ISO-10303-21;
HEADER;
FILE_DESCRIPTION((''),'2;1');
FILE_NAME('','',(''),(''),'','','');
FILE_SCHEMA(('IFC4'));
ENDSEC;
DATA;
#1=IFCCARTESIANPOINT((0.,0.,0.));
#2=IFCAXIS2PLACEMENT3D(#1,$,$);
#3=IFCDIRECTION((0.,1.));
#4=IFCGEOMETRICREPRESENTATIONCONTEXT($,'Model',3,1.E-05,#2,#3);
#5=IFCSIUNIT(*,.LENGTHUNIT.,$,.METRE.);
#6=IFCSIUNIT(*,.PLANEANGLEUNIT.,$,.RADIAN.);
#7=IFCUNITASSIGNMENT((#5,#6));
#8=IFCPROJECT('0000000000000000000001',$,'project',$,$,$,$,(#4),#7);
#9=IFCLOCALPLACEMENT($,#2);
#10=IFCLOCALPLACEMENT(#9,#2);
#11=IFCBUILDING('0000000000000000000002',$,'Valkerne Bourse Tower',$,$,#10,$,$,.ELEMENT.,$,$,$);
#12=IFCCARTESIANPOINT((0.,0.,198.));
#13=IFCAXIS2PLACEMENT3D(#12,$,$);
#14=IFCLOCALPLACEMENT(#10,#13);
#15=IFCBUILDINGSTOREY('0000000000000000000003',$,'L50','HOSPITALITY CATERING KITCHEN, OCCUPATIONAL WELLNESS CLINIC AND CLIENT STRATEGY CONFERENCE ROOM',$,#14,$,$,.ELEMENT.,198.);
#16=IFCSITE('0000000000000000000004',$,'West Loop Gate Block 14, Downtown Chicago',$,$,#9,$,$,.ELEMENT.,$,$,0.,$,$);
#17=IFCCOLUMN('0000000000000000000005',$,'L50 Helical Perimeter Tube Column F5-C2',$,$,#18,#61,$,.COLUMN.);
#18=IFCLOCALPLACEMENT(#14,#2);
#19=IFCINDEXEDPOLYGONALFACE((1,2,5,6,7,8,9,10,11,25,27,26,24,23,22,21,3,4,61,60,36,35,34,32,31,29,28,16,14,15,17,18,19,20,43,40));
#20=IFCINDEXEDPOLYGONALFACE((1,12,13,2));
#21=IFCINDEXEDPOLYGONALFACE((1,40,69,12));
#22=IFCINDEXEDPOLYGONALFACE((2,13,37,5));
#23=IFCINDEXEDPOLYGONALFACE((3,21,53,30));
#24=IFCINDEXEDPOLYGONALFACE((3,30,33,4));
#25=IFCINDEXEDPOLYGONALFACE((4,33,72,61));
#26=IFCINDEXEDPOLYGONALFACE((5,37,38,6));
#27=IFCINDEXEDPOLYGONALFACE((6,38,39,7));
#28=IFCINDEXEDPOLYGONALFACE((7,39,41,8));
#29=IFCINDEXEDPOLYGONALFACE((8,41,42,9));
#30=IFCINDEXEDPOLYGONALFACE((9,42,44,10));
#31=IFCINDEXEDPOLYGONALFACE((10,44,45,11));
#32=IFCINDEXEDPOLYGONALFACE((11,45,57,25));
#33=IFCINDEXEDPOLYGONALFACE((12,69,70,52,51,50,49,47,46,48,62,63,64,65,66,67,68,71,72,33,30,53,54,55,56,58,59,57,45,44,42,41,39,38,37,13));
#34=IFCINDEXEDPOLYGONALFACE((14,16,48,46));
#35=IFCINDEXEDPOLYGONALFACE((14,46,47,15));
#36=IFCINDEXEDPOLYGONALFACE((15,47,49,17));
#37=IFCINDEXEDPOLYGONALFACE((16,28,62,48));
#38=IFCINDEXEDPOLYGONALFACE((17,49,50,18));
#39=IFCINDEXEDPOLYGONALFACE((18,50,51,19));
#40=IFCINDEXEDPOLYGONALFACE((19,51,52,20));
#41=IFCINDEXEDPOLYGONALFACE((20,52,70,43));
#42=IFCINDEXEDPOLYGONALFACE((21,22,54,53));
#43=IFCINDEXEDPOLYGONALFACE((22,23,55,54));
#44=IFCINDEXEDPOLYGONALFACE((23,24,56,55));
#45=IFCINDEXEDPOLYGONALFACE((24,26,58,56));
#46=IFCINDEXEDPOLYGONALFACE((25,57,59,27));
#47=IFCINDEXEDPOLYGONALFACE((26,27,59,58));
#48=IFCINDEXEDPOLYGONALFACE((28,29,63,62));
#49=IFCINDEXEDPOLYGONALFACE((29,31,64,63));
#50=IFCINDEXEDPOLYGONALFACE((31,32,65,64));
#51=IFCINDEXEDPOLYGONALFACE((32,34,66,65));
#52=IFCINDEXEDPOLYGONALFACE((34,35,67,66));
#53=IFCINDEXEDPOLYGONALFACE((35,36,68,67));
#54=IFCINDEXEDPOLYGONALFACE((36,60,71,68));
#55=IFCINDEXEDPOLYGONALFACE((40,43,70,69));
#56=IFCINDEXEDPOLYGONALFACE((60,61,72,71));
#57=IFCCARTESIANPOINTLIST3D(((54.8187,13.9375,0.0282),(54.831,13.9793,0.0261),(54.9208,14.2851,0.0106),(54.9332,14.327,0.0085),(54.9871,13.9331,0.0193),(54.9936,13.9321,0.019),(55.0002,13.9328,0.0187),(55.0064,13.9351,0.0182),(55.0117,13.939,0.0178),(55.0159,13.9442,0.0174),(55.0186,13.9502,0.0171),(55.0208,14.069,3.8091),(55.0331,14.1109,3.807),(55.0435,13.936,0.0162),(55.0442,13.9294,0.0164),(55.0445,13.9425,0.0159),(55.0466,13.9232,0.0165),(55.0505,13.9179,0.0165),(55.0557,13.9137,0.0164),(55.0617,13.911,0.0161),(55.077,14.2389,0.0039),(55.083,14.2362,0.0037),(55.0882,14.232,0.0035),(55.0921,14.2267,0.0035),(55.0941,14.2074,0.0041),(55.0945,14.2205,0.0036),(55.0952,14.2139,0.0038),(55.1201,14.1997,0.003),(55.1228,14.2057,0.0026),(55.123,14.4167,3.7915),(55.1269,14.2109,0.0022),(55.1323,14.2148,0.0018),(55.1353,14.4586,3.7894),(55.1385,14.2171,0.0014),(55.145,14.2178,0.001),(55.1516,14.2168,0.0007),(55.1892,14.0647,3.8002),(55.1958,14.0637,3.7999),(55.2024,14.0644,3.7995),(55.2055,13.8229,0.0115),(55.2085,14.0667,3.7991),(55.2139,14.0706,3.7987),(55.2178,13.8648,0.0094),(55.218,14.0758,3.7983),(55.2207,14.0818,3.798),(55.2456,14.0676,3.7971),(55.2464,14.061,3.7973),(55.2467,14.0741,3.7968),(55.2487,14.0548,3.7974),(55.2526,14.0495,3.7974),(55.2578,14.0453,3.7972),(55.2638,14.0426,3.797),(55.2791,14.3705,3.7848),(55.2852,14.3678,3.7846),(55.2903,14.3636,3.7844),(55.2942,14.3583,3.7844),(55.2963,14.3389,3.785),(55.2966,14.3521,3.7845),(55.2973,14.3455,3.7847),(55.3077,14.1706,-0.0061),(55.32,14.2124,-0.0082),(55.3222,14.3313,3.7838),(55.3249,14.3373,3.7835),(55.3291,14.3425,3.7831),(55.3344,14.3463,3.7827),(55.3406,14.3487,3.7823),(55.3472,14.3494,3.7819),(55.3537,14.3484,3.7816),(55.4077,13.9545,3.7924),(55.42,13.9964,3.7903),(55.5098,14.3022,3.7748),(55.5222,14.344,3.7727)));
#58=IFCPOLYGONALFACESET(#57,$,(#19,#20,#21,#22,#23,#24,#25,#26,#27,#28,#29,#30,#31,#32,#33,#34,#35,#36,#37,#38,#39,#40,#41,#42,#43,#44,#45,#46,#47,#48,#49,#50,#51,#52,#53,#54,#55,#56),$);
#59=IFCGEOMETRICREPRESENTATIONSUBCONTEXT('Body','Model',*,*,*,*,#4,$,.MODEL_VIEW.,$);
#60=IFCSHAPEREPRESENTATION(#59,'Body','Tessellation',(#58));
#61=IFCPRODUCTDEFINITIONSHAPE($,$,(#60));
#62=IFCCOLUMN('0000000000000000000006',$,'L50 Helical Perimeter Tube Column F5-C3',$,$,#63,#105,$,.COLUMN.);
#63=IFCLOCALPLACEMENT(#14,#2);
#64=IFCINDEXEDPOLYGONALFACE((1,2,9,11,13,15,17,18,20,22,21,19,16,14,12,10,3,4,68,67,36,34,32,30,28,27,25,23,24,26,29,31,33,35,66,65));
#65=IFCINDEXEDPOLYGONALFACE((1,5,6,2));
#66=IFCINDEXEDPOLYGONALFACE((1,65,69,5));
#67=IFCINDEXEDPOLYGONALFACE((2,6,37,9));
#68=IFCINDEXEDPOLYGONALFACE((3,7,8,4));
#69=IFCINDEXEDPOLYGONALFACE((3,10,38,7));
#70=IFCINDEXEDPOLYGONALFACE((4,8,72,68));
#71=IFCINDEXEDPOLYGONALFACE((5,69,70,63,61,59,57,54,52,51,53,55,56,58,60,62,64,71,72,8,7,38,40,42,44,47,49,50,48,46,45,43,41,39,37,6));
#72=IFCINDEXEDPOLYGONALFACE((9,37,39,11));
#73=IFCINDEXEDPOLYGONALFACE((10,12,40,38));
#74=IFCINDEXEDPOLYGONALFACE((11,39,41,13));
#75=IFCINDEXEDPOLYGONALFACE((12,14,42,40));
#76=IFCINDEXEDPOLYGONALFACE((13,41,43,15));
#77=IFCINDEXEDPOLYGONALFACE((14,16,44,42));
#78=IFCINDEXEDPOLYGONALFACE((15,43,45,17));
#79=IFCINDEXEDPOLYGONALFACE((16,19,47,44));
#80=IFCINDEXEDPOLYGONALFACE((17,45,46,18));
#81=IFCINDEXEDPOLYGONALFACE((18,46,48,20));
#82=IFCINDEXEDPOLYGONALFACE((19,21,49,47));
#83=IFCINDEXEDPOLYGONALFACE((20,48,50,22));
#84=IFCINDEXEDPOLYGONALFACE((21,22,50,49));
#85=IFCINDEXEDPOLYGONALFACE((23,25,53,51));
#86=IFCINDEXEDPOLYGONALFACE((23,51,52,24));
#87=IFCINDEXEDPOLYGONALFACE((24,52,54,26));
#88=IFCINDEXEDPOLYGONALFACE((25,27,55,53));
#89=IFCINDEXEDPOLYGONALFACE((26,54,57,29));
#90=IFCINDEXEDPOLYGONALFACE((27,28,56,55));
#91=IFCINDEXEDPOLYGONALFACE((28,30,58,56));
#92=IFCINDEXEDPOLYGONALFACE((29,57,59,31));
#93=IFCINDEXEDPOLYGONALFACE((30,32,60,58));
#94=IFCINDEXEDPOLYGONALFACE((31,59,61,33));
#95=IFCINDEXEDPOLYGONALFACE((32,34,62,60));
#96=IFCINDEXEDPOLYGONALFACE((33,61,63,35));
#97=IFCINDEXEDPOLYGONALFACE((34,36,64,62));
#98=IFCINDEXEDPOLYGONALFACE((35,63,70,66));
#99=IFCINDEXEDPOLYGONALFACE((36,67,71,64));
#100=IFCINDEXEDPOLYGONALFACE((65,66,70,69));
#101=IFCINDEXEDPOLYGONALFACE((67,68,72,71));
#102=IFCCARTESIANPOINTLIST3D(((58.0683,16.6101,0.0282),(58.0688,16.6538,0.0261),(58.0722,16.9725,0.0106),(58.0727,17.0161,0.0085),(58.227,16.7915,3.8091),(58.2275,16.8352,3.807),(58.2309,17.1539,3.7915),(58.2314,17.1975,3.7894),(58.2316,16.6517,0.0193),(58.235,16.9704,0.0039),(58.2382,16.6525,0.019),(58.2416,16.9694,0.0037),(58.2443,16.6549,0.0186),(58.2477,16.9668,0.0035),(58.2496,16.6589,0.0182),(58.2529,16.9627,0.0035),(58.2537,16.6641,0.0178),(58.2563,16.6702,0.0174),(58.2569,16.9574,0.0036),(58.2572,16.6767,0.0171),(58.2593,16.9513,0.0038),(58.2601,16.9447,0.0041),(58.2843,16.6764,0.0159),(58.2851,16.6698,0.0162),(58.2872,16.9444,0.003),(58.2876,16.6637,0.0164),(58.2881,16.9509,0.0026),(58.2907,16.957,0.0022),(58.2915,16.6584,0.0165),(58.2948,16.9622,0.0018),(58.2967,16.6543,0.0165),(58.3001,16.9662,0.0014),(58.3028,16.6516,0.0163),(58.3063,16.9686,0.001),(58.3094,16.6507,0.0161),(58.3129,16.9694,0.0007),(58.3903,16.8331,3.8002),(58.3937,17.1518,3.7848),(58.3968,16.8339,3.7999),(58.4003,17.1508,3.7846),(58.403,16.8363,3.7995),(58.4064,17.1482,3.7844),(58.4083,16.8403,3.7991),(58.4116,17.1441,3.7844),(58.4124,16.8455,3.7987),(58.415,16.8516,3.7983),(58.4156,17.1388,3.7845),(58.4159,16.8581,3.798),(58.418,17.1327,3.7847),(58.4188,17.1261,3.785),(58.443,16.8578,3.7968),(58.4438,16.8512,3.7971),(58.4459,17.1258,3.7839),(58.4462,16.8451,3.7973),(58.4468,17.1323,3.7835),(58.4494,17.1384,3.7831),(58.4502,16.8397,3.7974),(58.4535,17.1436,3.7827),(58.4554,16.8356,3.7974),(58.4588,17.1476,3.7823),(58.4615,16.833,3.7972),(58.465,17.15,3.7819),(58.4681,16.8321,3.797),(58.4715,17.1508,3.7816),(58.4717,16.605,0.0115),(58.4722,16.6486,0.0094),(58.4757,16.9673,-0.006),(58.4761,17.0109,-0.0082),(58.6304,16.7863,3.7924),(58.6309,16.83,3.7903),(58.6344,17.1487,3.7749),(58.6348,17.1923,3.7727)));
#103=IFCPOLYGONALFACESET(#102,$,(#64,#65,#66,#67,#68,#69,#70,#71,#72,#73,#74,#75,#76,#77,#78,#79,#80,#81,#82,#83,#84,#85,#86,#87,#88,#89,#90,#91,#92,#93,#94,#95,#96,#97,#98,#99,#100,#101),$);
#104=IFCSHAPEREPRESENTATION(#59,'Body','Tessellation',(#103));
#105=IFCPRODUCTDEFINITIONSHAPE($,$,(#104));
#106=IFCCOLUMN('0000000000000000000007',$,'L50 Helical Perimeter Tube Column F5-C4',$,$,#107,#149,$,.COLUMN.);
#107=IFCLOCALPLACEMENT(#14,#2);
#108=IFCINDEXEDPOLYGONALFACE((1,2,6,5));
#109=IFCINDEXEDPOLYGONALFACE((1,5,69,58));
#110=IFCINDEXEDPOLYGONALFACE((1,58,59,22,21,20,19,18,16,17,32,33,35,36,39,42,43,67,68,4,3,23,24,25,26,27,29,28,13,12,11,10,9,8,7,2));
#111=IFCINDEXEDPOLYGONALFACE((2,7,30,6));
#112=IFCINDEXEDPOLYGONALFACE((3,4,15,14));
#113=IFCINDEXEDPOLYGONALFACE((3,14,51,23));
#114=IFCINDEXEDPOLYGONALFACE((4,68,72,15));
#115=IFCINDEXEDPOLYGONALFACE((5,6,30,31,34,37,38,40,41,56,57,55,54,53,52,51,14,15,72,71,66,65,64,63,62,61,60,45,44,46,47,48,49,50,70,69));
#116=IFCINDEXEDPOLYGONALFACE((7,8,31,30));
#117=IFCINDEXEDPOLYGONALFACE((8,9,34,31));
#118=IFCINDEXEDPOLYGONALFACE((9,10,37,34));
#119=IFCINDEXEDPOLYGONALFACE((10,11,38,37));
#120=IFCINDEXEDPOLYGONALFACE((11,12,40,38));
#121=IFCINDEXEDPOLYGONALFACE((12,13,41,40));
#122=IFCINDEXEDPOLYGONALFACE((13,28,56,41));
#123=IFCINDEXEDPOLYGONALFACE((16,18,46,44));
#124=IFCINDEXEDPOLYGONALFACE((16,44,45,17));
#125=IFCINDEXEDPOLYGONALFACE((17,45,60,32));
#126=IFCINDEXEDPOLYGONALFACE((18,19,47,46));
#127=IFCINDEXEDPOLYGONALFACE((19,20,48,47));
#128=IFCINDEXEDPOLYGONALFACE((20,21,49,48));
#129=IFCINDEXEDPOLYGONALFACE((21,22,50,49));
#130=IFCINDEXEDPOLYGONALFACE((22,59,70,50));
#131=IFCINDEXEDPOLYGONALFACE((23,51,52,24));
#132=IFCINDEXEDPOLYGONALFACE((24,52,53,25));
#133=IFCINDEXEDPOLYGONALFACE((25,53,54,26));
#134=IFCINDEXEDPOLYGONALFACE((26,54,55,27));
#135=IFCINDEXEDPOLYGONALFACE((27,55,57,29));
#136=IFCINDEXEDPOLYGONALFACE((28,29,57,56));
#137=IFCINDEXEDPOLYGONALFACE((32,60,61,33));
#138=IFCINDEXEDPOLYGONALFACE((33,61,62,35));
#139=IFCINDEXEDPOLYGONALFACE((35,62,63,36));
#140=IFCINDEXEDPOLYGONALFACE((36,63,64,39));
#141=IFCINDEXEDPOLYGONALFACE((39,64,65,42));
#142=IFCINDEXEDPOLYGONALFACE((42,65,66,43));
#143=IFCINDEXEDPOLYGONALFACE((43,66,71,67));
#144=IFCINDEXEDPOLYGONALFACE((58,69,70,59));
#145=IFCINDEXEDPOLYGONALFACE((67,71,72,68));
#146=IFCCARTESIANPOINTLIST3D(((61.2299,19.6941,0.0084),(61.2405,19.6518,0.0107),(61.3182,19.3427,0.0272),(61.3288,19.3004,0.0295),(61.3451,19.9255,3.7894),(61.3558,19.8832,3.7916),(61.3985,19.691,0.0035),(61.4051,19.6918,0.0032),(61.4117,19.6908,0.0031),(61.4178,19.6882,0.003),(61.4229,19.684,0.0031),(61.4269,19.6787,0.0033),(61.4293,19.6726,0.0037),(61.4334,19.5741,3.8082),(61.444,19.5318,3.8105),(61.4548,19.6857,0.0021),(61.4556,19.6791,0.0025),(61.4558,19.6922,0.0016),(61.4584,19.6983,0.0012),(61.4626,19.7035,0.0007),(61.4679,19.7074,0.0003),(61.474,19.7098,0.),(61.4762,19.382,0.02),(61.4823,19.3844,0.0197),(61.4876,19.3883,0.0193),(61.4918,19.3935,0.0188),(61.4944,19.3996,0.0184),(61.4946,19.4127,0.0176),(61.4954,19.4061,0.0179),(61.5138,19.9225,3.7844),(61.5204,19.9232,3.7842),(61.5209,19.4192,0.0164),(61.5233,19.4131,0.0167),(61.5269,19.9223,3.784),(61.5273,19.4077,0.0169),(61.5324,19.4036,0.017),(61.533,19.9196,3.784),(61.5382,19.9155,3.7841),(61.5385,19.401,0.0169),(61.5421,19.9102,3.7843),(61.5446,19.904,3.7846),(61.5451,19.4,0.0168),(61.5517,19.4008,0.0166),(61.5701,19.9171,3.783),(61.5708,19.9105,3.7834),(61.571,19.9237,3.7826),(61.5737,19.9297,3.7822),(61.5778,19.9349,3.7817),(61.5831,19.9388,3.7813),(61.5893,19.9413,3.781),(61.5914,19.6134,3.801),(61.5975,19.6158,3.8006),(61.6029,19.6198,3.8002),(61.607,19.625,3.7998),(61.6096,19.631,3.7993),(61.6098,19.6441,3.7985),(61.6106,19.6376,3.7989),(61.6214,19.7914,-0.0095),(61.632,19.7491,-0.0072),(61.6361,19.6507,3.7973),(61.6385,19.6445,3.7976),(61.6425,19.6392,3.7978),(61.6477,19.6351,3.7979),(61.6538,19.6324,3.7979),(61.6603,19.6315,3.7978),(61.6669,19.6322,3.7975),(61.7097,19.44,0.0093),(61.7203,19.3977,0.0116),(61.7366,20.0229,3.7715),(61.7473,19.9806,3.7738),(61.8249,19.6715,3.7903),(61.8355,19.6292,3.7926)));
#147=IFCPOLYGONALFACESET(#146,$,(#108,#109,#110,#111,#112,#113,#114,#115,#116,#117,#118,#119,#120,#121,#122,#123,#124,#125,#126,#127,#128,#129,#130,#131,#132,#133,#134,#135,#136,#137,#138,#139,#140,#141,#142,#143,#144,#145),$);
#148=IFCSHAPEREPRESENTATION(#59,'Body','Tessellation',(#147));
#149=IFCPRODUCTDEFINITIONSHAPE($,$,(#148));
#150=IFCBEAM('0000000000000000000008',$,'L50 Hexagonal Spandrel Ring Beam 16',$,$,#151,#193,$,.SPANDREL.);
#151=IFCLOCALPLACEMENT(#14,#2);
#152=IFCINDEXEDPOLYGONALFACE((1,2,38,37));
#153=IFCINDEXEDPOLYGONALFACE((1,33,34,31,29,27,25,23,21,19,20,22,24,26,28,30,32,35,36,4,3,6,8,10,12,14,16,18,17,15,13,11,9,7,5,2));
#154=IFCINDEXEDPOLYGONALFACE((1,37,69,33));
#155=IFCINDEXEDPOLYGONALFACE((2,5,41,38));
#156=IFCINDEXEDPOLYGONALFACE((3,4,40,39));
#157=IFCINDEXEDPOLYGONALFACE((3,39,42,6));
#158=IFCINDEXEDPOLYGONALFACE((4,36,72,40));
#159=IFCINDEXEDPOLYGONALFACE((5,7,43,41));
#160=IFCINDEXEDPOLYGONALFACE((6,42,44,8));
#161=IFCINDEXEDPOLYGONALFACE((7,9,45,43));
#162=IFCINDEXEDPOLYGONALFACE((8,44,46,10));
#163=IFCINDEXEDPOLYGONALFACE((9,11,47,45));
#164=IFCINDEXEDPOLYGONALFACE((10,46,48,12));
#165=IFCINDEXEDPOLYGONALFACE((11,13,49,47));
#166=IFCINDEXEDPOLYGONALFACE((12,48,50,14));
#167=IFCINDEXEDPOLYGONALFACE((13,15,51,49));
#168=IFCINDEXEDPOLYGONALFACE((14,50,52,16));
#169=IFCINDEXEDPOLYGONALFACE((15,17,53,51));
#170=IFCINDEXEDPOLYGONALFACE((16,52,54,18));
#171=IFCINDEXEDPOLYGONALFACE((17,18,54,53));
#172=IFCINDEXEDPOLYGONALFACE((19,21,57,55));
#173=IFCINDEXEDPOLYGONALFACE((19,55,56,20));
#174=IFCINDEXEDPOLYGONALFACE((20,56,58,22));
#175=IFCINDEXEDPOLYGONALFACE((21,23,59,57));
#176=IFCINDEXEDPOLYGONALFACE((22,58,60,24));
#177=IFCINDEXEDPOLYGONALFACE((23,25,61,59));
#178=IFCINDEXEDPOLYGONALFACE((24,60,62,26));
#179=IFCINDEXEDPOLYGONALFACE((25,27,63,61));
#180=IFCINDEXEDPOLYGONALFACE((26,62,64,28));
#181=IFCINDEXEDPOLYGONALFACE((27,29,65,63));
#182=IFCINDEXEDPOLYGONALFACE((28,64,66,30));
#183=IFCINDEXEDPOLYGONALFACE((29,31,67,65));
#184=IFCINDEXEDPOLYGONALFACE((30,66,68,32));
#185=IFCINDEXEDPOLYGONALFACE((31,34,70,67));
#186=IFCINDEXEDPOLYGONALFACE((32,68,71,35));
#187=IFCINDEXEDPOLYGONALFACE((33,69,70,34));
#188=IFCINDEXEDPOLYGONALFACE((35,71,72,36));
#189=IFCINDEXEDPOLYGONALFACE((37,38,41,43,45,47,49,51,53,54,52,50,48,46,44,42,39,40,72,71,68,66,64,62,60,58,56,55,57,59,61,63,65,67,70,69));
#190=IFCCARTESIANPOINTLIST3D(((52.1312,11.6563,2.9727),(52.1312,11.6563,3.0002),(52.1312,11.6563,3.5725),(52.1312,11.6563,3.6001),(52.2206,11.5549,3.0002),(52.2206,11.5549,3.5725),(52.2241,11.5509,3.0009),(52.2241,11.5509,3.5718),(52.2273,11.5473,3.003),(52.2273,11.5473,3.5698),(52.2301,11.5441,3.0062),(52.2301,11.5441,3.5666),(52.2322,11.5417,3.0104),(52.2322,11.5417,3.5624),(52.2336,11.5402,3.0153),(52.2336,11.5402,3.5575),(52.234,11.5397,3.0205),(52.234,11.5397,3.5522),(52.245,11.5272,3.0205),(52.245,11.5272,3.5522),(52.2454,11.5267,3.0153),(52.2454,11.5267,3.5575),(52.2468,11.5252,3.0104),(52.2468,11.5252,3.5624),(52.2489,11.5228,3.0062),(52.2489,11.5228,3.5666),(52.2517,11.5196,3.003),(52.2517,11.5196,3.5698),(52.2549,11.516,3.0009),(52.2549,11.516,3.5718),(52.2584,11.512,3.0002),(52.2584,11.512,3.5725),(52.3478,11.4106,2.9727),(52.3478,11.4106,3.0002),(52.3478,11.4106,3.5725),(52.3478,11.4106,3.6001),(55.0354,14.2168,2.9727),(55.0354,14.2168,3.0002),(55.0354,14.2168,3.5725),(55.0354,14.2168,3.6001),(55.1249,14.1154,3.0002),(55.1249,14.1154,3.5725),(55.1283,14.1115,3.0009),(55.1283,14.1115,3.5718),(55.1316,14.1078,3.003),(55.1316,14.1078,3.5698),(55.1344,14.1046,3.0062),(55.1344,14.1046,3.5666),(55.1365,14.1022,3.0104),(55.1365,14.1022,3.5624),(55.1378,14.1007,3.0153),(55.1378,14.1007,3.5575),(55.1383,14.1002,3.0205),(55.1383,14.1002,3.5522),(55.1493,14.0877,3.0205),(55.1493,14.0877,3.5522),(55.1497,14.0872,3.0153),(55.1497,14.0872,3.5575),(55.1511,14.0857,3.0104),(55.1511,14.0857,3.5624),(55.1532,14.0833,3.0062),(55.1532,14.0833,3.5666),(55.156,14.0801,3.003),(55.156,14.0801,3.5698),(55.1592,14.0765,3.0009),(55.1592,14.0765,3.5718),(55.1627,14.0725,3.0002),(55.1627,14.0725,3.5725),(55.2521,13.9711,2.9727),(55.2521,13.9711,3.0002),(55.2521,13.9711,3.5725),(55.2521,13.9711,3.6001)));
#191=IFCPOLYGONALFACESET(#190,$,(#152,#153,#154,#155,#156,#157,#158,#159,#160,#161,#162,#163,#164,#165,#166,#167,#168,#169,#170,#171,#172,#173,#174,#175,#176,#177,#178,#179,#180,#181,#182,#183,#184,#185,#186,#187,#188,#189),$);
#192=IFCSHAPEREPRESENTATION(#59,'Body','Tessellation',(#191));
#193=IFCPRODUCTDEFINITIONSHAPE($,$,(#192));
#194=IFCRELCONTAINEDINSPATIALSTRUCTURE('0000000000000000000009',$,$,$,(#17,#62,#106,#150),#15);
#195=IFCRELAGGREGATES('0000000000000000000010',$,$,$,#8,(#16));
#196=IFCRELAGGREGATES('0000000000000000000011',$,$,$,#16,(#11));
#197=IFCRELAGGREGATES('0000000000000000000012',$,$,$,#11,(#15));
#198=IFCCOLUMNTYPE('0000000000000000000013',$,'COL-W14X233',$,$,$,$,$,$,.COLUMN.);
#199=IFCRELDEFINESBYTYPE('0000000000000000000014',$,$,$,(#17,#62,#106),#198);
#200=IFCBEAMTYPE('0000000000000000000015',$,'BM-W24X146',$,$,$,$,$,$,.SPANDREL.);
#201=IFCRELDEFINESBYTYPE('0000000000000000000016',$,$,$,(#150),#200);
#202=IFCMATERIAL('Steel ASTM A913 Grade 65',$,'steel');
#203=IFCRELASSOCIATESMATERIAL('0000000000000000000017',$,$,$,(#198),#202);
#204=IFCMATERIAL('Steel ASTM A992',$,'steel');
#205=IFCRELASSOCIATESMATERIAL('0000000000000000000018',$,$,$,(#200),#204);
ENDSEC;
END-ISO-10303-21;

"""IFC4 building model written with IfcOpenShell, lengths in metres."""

from ifc_helpers import new_model, si_unit, direction, frame, origin, origin_2d, place, context, subcontext, project, spatial, i_section, extrude, material, material_profile, profile_set, type_object, element, save


model = new_model("IFC4")

# Units and contexts
model_context = context("Model", 3, precision=1e-05, world=origin(), true_north=direction((0.0, 1.0)))
body_context = subcontext(model_context, "Body", "Model", "MODEL_VIEW")
ifc_project = project(units=[si_unit("LENGTHUNIT", "METRE"), si_unit("PLANEANGLEUNIT", "RADIAN")], contexts=[model_context])

# Site, building, storey
site_placement = place(None, origin())
site = spatial("IfcSite", under=ifc_project, at=site_placement, Name="West Loop Gate Block 14, Downtown Chicago", CompositionType="ELEMENT", RefElevation=0.0)
building_placement = place(site_placement, origin())
building = spatial("IfcBuilding", under=site, at=building_placement, Name="Valkerne Bourse Tower", CompositionType="ELEMENT")
storey_placement = place(building_placement, frame((0.0, 0.0, 198.0)))
storey = spatial("IfcBuildingStorey", under=building, at=storey_placement, Name="L50", Description="HOSPITALITY CATERING KITCHEN, OCCUPATIONAL WELLNESS CLINIC AND CLIENT STRATEGY CONFERENCE ROOM", CompositionType="ELEMENT", Elevation=198.0)

# Columns
ifc_material_1 = material(Name="Steel ASTM A913 Grade 65", Category="steel")
ifc_material_profile_1 = material_profile(ifc_material_1, i_section(OverallWidth=0.4038, OverallDepth=0.4065, WebThickness=0.0271, FlangeThickness=0.0437, FilletRadius=0.0254, at=origin_2d()), Name="W14X233")
ifc_profile_set_1 = profile_set([ifc_material_profile_1], Name="Steel ASTM A913 Grade 65")
column_type = type_object("IfcColumnType", Name="COL-W14X233", PredefinedType="COLUMN", material=ifc_profile_set_1)
for number, where, z_axis, x_axis, name in (
    (1, (55.0693, 14.075, 0.01), (0.053356, 0.034733, 0.997971), (-0.958026, 0.283684, 0.041347), "L50 Helical Perimeter Tube Column F5-C2"),
    (2, (58.2722, 16.8105, 0.01), (0.041886, 0.047879, 0.997975), (-0.999063, 0.012866, 0.041314), "L50 Helical Perimeter Tube Column F5-C3"),
):
    element("IfcColumn", number, at=place(storey_placement, frame(where, z_axis=z_axis, x_axis=x_axis)), inside=storey, type_object=column_type, Name=name, PredefinedType="COLUMN", context=body_context, shape_type="SweptSolid", body=[
        extrude(i_section(OverallWidth=0.4038, OverallDepth=0.4065, WebThickness=0.0271, FlangeThickness=0.0437, FilletRadius=0.0254, at=origin_2d()), origin(), (0.0, 0.0, 1.0), 3.7886),
    ])
column_placement = place(storey_placement, frame((61.4751, 19.5459, 0.01), z_axis=(0.030406, 0.06107, 0.99767), x_axis=(-0.969487, -0.241105, 0.044306)))
element("IfcColumn", 3, at=column_placement, inside=storey, type_object=column_type, Name="L50 Helical Perimeter Tube Column F5-C4", PredefinedType="COLUMN", context=body_context, shape_type="SweptSolid", body=[
    extrude(i_section(OverallWidth=0.4038, OverallDepth=0.4065, WebThickness=0.0271, FlangeThickness=0.0437, FilletRadius=0.0254, at=origin_2d()), origin(), (0.0, 0.0, 1.0), 3.7898),
])

# Beam
ifc_material_2 = material(Name="Steel ASTM A992", Category="steel")
ifc_material_profile_2 = material_profile(ifc_material_2, i_section(OverallWidth=0.3276, OverallDepth=0.6274, WebThickness=0.0166, FlangeThickness=0.0276, FilletRadius=0.0203, at=origin_2d()), Name="W24X146")
ifc_profile_set_2 = profile_set([ifc_material_profile_2], Name="Steel ASTM A992")
beam_type = type_object("IfcBeamType", Name="BM-W24X146", PredefinedType="SPANDREL", material=ifc_profile_set_2)
beam_1_placement = place(storey_placement, frame((52.2395, 11.5334, 3.2864), z_axis=(0.750103, 0.661321, 0.0), x_axis=(-0.661321, 0.750103, 0.0)))
element("IfcBeam", 4, at=beam_1_placement, inside=storey, type_object=beam_type, Name="L50 Hexagonal Spandrel Ring Beam 16", PredefinedType="SPANDREL", context=body_context, shape_type="SweptSolid", body=[
    extrude(i_section(OverallWidth=0.3276, OverallDepth=0.6274, WebThickness=0.0166, FlangeThickness=0.0276, FilletRadius=0.0203, at=origin_2d()), origin(), (0.0, 0.0, 1.0), 3.8718),
])

save(model, "model.ifc")
